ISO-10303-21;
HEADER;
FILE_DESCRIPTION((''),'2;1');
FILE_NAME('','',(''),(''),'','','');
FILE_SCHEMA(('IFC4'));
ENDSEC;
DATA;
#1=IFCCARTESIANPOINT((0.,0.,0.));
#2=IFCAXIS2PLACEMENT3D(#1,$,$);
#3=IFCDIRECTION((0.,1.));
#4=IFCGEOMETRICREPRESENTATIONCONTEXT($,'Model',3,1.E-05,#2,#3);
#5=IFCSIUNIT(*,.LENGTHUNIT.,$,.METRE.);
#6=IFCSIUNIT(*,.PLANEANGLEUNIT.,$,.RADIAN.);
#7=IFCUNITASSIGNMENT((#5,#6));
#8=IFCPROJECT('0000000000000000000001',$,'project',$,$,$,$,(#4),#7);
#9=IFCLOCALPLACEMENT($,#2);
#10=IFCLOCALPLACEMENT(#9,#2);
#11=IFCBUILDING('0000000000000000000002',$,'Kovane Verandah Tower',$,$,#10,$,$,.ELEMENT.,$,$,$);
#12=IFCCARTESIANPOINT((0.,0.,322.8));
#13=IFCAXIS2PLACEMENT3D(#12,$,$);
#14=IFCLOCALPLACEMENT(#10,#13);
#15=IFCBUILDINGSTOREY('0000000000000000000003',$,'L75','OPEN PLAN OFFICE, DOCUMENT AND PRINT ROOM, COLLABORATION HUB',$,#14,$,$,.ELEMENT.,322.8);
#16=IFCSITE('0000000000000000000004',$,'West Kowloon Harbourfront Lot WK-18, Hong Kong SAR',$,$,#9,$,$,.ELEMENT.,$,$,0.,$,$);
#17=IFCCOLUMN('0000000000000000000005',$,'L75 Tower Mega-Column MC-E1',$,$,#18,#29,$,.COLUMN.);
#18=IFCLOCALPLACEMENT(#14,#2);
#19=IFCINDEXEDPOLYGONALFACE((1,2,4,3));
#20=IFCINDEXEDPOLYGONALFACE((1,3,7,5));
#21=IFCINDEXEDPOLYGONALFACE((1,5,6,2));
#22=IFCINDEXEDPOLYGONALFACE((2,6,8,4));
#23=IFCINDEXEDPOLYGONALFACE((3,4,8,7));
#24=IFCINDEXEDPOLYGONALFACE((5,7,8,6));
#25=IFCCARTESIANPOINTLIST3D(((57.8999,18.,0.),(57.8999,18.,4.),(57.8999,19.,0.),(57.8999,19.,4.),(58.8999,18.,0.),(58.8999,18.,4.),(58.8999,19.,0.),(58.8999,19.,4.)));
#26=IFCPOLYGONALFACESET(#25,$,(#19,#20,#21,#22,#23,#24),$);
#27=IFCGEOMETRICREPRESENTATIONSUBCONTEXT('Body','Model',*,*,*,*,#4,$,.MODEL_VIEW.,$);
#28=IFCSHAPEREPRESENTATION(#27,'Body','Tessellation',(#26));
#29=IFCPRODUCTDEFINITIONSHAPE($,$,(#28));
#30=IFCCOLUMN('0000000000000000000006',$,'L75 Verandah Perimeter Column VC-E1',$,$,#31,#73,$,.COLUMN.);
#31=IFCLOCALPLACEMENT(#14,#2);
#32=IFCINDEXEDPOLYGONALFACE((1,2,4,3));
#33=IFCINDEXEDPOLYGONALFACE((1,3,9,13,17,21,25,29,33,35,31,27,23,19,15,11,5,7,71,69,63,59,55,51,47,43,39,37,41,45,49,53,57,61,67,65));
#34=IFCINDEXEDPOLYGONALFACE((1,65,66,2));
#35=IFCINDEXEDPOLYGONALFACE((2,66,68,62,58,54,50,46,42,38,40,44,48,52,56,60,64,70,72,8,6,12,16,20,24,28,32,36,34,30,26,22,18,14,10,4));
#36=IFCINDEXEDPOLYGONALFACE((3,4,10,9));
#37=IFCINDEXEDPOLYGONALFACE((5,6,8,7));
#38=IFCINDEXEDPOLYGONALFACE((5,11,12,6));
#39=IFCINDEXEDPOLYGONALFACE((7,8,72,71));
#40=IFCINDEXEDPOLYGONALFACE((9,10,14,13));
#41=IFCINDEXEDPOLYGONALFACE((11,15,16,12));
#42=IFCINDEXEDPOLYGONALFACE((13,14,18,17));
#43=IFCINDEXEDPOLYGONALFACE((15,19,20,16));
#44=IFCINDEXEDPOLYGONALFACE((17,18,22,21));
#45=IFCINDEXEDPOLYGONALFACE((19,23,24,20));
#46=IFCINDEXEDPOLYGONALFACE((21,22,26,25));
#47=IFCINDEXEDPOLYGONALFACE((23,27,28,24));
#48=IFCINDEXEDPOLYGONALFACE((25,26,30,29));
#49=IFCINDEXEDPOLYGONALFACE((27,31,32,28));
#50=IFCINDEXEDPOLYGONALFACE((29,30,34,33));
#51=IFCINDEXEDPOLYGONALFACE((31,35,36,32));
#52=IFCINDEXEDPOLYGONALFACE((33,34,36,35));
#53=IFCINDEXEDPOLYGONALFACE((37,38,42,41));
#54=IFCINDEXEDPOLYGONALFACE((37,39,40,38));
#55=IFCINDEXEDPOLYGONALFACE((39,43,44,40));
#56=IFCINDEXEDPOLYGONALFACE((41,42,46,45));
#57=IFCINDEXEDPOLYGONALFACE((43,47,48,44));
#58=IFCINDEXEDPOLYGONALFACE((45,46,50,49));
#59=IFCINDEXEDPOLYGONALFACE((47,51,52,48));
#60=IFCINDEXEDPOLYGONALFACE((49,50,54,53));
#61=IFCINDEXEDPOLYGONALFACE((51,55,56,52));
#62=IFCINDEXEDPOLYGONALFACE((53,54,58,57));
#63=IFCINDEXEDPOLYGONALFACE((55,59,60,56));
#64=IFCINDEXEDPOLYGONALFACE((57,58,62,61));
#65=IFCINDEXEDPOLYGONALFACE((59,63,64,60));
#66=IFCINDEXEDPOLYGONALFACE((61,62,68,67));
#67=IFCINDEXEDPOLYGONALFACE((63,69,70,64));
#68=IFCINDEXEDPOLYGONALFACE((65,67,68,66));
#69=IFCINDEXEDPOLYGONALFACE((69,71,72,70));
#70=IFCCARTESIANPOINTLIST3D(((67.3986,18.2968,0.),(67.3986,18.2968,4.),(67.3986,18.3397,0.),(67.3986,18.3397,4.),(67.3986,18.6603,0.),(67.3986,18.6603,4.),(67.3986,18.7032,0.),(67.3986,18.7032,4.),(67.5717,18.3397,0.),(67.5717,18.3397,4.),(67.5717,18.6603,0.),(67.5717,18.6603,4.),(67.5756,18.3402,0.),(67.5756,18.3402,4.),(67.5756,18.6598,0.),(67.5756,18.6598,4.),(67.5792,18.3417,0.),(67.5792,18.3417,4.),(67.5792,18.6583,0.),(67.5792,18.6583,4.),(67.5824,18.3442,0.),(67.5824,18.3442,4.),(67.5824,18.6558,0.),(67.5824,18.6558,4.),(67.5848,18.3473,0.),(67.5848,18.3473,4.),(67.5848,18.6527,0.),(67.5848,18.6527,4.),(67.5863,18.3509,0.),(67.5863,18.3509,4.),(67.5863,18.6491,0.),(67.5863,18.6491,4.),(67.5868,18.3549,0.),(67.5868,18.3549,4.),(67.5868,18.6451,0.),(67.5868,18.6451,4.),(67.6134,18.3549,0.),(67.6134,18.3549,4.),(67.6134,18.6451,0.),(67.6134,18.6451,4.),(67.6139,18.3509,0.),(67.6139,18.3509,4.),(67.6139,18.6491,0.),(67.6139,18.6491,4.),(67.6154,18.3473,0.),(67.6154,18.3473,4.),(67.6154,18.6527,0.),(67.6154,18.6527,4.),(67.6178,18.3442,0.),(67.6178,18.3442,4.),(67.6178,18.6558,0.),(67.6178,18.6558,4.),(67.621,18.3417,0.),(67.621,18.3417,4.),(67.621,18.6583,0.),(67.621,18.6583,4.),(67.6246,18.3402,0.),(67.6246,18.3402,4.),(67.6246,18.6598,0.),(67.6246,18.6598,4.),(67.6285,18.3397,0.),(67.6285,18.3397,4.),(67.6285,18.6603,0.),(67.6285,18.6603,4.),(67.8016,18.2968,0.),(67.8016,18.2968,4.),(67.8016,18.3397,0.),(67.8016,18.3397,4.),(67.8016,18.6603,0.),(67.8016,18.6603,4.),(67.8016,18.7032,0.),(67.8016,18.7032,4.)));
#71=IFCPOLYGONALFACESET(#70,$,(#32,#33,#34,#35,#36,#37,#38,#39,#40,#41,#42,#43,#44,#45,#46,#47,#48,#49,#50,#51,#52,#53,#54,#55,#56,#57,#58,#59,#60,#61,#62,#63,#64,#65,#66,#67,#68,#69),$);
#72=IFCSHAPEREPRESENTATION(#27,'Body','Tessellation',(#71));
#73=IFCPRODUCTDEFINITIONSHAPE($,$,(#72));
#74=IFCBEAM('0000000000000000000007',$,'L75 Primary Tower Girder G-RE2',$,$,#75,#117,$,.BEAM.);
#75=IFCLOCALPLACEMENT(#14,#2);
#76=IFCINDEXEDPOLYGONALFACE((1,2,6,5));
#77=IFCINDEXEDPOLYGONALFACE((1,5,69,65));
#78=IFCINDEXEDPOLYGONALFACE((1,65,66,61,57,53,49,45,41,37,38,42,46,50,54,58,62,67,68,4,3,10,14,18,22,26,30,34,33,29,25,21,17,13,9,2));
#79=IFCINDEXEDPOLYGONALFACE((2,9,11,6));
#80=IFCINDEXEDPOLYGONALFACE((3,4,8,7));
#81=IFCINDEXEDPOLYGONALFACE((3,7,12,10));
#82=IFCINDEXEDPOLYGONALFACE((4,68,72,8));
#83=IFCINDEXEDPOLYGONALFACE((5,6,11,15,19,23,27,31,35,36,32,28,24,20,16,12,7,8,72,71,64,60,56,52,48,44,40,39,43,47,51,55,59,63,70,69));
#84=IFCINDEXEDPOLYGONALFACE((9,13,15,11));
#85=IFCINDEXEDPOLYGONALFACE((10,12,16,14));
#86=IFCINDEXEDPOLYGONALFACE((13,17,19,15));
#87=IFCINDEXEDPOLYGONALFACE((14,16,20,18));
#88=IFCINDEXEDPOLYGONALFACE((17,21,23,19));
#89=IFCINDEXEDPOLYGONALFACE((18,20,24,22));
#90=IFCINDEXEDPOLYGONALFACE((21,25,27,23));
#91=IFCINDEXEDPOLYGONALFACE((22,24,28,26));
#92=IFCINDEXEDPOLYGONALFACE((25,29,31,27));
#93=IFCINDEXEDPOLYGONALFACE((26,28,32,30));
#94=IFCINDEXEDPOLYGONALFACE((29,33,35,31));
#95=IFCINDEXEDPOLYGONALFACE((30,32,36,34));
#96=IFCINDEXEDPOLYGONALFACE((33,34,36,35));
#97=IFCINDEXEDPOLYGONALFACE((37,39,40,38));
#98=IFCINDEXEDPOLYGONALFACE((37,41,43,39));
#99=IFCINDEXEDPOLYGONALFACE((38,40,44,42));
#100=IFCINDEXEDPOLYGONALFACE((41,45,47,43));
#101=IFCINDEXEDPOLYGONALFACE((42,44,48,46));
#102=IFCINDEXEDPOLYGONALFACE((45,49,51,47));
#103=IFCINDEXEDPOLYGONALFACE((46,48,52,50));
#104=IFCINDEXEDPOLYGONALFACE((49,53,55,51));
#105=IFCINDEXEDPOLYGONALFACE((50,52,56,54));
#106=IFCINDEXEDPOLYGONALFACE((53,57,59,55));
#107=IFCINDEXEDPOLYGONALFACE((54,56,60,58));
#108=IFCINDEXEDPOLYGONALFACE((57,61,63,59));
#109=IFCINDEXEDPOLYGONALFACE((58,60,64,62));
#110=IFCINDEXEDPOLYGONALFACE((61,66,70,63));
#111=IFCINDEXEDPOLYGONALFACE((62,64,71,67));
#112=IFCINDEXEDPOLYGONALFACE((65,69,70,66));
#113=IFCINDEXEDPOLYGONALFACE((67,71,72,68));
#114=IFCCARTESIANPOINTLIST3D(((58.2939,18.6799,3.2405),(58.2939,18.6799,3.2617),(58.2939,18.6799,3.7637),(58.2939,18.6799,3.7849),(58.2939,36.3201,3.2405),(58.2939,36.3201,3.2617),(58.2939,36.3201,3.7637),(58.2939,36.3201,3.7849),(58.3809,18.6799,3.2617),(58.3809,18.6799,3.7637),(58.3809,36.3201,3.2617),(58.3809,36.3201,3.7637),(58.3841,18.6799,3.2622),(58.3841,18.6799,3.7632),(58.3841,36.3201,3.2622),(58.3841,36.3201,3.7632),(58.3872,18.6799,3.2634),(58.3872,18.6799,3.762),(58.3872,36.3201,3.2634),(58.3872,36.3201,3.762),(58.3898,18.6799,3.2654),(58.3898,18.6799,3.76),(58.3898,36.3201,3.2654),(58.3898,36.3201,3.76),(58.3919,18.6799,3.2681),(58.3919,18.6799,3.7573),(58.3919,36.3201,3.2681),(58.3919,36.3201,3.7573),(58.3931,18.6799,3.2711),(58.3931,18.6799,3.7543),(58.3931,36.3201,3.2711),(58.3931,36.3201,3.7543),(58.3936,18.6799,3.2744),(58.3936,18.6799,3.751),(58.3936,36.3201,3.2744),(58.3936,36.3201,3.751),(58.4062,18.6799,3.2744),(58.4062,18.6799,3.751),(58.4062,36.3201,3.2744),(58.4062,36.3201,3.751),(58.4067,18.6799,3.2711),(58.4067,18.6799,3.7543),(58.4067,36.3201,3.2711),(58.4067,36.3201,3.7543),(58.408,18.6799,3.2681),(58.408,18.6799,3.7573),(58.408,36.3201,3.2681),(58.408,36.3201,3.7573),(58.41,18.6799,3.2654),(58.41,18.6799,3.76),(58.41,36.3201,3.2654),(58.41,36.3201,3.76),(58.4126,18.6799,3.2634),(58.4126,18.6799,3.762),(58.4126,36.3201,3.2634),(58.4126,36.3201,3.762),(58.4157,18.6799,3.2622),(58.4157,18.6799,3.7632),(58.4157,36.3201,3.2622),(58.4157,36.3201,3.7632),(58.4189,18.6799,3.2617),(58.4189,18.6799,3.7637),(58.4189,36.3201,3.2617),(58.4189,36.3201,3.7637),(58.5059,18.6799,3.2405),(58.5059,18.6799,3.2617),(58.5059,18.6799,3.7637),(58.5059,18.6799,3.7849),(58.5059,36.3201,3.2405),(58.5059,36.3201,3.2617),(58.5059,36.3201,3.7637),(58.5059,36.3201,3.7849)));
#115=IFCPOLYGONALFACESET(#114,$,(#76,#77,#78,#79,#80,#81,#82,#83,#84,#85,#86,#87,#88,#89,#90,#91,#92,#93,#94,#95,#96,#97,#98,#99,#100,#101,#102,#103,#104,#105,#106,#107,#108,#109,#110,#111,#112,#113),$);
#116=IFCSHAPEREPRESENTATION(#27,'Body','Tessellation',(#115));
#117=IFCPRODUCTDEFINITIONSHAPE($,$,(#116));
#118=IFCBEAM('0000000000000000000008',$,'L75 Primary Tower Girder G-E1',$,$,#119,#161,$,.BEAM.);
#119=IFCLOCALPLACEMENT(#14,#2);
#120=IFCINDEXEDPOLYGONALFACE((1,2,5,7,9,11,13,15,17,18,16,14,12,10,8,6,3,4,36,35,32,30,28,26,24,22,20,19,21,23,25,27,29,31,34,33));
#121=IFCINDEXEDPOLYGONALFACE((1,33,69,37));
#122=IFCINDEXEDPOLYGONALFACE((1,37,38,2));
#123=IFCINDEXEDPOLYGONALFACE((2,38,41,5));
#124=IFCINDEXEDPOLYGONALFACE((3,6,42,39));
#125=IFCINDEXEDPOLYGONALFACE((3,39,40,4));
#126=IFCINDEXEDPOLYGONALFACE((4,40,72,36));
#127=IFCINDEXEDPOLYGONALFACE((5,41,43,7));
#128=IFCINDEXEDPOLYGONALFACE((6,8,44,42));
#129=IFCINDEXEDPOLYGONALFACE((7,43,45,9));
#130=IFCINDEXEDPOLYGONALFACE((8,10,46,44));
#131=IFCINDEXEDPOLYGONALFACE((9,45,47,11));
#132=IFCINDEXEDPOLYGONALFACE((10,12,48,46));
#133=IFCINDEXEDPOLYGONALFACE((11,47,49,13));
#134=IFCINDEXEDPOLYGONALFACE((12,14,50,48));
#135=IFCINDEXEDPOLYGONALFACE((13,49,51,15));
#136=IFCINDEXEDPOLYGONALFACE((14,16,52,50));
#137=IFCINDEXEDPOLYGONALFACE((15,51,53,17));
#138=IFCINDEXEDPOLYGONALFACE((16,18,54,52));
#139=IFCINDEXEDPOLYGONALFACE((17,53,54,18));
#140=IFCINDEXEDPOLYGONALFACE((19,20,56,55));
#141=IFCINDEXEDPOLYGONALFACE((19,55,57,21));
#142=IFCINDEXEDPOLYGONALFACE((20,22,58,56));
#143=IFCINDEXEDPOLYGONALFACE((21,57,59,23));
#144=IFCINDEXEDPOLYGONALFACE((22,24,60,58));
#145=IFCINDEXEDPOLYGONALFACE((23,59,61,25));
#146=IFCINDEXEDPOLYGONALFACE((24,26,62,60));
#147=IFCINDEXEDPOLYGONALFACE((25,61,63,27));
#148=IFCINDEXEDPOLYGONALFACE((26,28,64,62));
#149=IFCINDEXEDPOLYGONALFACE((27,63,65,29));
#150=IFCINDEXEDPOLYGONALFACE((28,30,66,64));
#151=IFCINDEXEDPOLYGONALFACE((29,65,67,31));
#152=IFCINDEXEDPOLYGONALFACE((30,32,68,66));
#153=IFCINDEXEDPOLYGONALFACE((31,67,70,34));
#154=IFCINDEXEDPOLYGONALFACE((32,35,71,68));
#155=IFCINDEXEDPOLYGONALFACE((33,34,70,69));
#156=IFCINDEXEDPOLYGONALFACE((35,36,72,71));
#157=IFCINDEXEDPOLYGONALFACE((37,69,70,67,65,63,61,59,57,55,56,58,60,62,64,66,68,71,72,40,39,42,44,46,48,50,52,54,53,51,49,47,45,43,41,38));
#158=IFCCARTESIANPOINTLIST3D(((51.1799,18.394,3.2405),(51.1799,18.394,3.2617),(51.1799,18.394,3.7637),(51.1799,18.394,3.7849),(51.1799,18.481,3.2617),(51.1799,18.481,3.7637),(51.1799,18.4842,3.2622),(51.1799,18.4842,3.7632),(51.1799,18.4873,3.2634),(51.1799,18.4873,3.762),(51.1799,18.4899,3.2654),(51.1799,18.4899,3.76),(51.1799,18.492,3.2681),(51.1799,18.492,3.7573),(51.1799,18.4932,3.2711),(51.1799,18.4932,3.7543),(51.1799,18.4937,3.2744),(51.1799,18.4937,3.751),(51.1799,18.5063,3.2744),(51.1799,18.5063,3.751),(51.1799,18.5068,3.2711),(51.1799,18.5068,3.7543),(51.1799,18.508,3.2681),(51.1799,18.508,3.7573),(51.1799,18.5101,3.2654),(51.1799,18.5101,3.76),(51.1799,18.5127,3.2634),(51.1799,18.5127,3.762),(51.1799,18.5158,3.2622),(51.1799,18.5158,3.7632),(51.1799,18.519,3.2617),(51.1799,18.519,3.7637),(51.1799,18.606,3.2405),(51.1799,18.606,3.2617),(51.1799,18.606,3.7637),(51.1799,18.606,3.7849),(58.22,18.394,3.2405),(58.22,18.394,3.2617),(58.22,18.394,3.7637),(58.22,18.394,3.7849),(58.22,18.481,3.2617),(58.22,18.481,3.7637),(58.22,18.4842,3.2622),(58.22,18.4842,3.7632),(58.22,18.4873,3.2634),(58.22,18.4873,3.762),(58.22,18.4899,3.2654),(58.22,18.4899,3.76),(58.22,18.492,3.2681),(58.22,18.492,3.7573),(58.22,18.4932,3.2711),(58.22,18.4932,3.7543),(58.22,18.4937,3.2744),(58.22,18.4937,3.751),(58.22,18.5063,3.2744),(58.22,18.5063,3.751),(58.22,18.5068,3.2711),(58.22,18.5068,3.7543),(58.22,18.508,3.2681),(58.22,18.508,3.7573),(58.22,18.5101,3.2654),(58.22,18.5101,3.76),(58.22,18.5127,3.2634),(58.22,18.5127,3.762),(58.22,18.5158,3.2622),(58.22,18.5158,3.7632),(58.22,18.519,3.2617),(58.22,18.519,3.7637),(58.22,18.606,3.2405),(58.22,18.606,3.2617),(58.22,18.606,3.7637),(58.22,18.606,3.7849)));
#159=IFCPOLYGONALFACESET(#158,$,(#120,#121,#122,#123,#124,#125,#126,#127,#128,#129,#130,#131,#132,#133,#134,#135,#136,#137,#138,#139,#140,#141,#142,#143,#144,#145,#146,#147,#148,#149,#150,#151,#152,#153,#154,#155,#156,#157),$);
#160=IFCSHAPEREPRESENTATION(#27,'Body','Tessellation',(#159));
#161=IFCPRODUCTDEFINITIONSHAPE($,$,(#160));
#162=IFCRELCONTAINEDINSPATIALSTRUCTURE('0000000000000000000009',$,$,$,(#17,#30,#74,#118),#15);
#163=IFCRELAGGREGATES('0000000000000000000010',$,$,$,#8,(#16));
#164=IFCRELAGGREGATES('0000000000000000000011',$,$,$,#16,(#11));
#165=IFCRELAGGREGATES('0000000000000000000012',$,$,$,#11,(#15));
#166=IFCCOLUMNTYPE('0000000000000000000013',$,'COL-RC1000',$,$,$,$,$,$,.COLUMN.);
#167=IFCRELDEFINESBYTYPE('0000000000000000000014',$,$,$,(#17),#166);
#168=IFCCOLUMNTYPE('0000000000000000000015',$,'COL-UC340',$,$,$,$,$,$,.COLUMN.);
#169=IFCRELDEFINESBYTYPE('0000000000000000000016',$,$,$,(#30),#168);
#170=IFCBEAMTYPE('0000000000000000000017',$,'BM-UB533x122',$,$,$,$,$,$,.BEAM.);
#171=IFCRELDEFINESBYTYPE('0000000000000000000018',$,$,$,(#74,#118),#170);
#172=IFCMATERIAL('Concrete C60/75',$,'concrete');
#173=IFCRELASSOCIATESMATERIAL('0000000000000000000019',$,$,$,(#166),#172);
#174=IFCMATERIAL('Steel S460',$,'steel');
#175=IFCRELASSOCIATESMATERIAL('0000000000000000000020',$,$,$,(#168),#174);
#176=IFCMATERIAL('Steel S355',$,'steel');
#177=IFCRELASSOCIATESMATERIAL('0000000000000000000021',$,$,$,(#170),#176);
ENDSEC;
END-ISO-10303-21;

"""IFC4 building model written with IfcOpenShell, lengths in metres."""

from ifc_helpers import new_model, si_unit, direction, frame, origin, origin_2d, place, context, subcontext, project, spatial, rectangle, i_section, extrude, material, material_profile, profile_set, type_object, element, save


model = new_model("IFC4")

# Units and contexts
model_context = context("Model", 3, precision=1e-05, world=origin(), true_north=direction((0.0, 1.0)))
body_context = subcontext(model_context, "Body", "Model", "MODEL_VIEW")
ifc_project = project(units=[si_unit("LENGTHUNIT", "METRE"), si_unit("PLANEANGLEUNIT", "RADIAN")], contexts=[model_context])

# Site, building, storey
site_placement = place(None, origin())
site = spatial("IfcSite", under=ifc_project, at=site_placement, Name="West Kowloon Harbourfront Lot WK-18, Hong Kong SAR", CompositionType="ELEMENT", RefElevation=0.0)
building_placement = place(site_placement, origin())
building = spatial("IfcBuilding", under=site, at=building_placement, Name="Kovane Verandah Tower", CompositionType="ELEMENT")
storey_placement = place(building_placement, frame((0.0, 0.0, 322.8)))
storey = spatial("IfcBuildingStorey", under=building, at=storey_placement, Name="L75", Description="OPEN PLAN OFFICE, DOCUMENT AND PRINT ROOM, COLLABORATION HUB", CompositionType="ELEMENT", Elevation=322.8)

# Columns
ifc_material_1 = material(Name="Concrete C60/75", Category="concrete")
ifc_material_profile_1 = material_profile(ifc_material_1, rectangle(XDim=1.0, YDim=1.0, at=origin_2d()), Name="RC1000x1000")
ifc_profile_set_1 = profile_set([ifc_material_profile_1], Name="Concrete C60/75")
column_type_1 = type_object("IfcColumnType", Name="COL-RC1000", PredefinedType="COLUMN", material=ifc_profile_set_1)
column_1_placement = place(storey_placement, frame((58.3999, 18.5, 0.0), z_axis=(0.0, 0.0, 1.0), x_axis=(1.0, 0.0, 0.0)))
element("IfcColumn", 1, at=column_1_placement, inside=storey, type_object=column_type_1, Name="L75 Tower Mega-Column MC-E1", PredefinedType="COLUMN", context=body_context, shape_type="SweptSolid", body=[
    extrude(rectangle(XDim=1.0, YDim=1.0, at=origin_2d()), origin(), (0.0, 0.0, 1.0), 4.0),
])
ifc_material_2 = material(Name="Steel S460", Category="steel")
ifc_material_profile_2 = material_profile(ifc_material_2, i_section(OverallWidth=0.4031, OverallDepth=0.4065, WebThickness=0.0266, FlangeThickness=0.043, FilletRadius=0.0151, at=origin_2d()), Name="UC356x406x340")
ifc_profile_set_2 = profile_set([ifc_material_profile_2], Name="Steel S460")
column_type_2 = type_object("IfcColumnType", Name="COL-UC340", PredefinedType="COLUMN", material=ifc_profile_set_2)
column_2_placement = place(storey_placement, frame((67.6001, 18.5, 0.0), z_axis=(0.0, 0.0, 1.0), x_axis=(1.0, 0.0, 0.0)))
element("IfcColumn", 2, at=column_2_placement, inside=storey, type_object=column_type_2, Name="L75 Verandah Perimeter Column VC-E1", PredefinedType="COLUMN", context=body_context, shape_type="SweptSolid", body=[
    extrude(i_section(OverallWidth=0.4031, OverallDepth=0.4065, WebThickness=0.0266, FlangeThickness=0.043, FilletRadius=0.0151, at=origin_2d()), origin(), (0.0, 0.0, 1.0), 4.0),
])

# Beams
ifc_material_3 = material(Name="Steel S355", Category="steel")
ifc_material_profile_3 = material_profile(ifc_material_3, i_section(OverallWidth=0.2119, OverallDepth=0.5444, WebThickness=0.0127, FlangeThickness=0.0212, FilletRadius=0.0127, at=origin_2d()), Name="UB533x210x122")
ifc_profile_set_3 = profile_set([ifc_material_profile_3], Name="Steel S355")
beam_type_1 = type_object("IfcBeamType", Name="BM-UB533x122", PredefinedType="BEAM", material=ifc_profile_set_3)
beam_1_placement = place(storey_placement, frame((58.3999, 18.6799, 3.5127), z_axis=(0.0, 1.0, 0.0), x_axis=(-1.0, 0.0, 0.0)))
element("IfcBeam", 3, at=beam_1_placement, inside=storey, type_object=beam_type_1, Name="L75 Primary Tower Girder G-RE2", PredefinedType="BEAM", context=body_context, shape_type="SweptSolid", body=[
    extrude(i_section(OverallWidth=0.2119, OverallDepth=0.5444, WebThickness=0.0127, FlangeThickness=0.0212, FilletRadius=0.0127, at=origin_2d()), origin(), (0.0, 0.0, 1.0), 17.6401),
])
beam_2_placement = place(storey_placement, frame((51.1799, 18.5, 3.5127), z_axis=(1.0, 0.0, 0.0), x_axis=(0.0, 1.0, 0.0)))
element("IfcBeam", 4, at=beam_2_placement, inside=storey, type_object=beam_type_1, Name="L75 Primary Tower Girder G-E1", PredefinedType="BEAM", context=body_context, shape_type="SweptSolid", body=[
    extrude(i_section(OverallWidth=0.2119, OverallDepth=0.5444, WebThickness=0.0127, FlangeThickness=0.0212, FilletRadius=0.0127, at=origin_2d()), origin(), (0.0, 0.0, 1.0), 7.04),
])

save(model, "model.ifc")
